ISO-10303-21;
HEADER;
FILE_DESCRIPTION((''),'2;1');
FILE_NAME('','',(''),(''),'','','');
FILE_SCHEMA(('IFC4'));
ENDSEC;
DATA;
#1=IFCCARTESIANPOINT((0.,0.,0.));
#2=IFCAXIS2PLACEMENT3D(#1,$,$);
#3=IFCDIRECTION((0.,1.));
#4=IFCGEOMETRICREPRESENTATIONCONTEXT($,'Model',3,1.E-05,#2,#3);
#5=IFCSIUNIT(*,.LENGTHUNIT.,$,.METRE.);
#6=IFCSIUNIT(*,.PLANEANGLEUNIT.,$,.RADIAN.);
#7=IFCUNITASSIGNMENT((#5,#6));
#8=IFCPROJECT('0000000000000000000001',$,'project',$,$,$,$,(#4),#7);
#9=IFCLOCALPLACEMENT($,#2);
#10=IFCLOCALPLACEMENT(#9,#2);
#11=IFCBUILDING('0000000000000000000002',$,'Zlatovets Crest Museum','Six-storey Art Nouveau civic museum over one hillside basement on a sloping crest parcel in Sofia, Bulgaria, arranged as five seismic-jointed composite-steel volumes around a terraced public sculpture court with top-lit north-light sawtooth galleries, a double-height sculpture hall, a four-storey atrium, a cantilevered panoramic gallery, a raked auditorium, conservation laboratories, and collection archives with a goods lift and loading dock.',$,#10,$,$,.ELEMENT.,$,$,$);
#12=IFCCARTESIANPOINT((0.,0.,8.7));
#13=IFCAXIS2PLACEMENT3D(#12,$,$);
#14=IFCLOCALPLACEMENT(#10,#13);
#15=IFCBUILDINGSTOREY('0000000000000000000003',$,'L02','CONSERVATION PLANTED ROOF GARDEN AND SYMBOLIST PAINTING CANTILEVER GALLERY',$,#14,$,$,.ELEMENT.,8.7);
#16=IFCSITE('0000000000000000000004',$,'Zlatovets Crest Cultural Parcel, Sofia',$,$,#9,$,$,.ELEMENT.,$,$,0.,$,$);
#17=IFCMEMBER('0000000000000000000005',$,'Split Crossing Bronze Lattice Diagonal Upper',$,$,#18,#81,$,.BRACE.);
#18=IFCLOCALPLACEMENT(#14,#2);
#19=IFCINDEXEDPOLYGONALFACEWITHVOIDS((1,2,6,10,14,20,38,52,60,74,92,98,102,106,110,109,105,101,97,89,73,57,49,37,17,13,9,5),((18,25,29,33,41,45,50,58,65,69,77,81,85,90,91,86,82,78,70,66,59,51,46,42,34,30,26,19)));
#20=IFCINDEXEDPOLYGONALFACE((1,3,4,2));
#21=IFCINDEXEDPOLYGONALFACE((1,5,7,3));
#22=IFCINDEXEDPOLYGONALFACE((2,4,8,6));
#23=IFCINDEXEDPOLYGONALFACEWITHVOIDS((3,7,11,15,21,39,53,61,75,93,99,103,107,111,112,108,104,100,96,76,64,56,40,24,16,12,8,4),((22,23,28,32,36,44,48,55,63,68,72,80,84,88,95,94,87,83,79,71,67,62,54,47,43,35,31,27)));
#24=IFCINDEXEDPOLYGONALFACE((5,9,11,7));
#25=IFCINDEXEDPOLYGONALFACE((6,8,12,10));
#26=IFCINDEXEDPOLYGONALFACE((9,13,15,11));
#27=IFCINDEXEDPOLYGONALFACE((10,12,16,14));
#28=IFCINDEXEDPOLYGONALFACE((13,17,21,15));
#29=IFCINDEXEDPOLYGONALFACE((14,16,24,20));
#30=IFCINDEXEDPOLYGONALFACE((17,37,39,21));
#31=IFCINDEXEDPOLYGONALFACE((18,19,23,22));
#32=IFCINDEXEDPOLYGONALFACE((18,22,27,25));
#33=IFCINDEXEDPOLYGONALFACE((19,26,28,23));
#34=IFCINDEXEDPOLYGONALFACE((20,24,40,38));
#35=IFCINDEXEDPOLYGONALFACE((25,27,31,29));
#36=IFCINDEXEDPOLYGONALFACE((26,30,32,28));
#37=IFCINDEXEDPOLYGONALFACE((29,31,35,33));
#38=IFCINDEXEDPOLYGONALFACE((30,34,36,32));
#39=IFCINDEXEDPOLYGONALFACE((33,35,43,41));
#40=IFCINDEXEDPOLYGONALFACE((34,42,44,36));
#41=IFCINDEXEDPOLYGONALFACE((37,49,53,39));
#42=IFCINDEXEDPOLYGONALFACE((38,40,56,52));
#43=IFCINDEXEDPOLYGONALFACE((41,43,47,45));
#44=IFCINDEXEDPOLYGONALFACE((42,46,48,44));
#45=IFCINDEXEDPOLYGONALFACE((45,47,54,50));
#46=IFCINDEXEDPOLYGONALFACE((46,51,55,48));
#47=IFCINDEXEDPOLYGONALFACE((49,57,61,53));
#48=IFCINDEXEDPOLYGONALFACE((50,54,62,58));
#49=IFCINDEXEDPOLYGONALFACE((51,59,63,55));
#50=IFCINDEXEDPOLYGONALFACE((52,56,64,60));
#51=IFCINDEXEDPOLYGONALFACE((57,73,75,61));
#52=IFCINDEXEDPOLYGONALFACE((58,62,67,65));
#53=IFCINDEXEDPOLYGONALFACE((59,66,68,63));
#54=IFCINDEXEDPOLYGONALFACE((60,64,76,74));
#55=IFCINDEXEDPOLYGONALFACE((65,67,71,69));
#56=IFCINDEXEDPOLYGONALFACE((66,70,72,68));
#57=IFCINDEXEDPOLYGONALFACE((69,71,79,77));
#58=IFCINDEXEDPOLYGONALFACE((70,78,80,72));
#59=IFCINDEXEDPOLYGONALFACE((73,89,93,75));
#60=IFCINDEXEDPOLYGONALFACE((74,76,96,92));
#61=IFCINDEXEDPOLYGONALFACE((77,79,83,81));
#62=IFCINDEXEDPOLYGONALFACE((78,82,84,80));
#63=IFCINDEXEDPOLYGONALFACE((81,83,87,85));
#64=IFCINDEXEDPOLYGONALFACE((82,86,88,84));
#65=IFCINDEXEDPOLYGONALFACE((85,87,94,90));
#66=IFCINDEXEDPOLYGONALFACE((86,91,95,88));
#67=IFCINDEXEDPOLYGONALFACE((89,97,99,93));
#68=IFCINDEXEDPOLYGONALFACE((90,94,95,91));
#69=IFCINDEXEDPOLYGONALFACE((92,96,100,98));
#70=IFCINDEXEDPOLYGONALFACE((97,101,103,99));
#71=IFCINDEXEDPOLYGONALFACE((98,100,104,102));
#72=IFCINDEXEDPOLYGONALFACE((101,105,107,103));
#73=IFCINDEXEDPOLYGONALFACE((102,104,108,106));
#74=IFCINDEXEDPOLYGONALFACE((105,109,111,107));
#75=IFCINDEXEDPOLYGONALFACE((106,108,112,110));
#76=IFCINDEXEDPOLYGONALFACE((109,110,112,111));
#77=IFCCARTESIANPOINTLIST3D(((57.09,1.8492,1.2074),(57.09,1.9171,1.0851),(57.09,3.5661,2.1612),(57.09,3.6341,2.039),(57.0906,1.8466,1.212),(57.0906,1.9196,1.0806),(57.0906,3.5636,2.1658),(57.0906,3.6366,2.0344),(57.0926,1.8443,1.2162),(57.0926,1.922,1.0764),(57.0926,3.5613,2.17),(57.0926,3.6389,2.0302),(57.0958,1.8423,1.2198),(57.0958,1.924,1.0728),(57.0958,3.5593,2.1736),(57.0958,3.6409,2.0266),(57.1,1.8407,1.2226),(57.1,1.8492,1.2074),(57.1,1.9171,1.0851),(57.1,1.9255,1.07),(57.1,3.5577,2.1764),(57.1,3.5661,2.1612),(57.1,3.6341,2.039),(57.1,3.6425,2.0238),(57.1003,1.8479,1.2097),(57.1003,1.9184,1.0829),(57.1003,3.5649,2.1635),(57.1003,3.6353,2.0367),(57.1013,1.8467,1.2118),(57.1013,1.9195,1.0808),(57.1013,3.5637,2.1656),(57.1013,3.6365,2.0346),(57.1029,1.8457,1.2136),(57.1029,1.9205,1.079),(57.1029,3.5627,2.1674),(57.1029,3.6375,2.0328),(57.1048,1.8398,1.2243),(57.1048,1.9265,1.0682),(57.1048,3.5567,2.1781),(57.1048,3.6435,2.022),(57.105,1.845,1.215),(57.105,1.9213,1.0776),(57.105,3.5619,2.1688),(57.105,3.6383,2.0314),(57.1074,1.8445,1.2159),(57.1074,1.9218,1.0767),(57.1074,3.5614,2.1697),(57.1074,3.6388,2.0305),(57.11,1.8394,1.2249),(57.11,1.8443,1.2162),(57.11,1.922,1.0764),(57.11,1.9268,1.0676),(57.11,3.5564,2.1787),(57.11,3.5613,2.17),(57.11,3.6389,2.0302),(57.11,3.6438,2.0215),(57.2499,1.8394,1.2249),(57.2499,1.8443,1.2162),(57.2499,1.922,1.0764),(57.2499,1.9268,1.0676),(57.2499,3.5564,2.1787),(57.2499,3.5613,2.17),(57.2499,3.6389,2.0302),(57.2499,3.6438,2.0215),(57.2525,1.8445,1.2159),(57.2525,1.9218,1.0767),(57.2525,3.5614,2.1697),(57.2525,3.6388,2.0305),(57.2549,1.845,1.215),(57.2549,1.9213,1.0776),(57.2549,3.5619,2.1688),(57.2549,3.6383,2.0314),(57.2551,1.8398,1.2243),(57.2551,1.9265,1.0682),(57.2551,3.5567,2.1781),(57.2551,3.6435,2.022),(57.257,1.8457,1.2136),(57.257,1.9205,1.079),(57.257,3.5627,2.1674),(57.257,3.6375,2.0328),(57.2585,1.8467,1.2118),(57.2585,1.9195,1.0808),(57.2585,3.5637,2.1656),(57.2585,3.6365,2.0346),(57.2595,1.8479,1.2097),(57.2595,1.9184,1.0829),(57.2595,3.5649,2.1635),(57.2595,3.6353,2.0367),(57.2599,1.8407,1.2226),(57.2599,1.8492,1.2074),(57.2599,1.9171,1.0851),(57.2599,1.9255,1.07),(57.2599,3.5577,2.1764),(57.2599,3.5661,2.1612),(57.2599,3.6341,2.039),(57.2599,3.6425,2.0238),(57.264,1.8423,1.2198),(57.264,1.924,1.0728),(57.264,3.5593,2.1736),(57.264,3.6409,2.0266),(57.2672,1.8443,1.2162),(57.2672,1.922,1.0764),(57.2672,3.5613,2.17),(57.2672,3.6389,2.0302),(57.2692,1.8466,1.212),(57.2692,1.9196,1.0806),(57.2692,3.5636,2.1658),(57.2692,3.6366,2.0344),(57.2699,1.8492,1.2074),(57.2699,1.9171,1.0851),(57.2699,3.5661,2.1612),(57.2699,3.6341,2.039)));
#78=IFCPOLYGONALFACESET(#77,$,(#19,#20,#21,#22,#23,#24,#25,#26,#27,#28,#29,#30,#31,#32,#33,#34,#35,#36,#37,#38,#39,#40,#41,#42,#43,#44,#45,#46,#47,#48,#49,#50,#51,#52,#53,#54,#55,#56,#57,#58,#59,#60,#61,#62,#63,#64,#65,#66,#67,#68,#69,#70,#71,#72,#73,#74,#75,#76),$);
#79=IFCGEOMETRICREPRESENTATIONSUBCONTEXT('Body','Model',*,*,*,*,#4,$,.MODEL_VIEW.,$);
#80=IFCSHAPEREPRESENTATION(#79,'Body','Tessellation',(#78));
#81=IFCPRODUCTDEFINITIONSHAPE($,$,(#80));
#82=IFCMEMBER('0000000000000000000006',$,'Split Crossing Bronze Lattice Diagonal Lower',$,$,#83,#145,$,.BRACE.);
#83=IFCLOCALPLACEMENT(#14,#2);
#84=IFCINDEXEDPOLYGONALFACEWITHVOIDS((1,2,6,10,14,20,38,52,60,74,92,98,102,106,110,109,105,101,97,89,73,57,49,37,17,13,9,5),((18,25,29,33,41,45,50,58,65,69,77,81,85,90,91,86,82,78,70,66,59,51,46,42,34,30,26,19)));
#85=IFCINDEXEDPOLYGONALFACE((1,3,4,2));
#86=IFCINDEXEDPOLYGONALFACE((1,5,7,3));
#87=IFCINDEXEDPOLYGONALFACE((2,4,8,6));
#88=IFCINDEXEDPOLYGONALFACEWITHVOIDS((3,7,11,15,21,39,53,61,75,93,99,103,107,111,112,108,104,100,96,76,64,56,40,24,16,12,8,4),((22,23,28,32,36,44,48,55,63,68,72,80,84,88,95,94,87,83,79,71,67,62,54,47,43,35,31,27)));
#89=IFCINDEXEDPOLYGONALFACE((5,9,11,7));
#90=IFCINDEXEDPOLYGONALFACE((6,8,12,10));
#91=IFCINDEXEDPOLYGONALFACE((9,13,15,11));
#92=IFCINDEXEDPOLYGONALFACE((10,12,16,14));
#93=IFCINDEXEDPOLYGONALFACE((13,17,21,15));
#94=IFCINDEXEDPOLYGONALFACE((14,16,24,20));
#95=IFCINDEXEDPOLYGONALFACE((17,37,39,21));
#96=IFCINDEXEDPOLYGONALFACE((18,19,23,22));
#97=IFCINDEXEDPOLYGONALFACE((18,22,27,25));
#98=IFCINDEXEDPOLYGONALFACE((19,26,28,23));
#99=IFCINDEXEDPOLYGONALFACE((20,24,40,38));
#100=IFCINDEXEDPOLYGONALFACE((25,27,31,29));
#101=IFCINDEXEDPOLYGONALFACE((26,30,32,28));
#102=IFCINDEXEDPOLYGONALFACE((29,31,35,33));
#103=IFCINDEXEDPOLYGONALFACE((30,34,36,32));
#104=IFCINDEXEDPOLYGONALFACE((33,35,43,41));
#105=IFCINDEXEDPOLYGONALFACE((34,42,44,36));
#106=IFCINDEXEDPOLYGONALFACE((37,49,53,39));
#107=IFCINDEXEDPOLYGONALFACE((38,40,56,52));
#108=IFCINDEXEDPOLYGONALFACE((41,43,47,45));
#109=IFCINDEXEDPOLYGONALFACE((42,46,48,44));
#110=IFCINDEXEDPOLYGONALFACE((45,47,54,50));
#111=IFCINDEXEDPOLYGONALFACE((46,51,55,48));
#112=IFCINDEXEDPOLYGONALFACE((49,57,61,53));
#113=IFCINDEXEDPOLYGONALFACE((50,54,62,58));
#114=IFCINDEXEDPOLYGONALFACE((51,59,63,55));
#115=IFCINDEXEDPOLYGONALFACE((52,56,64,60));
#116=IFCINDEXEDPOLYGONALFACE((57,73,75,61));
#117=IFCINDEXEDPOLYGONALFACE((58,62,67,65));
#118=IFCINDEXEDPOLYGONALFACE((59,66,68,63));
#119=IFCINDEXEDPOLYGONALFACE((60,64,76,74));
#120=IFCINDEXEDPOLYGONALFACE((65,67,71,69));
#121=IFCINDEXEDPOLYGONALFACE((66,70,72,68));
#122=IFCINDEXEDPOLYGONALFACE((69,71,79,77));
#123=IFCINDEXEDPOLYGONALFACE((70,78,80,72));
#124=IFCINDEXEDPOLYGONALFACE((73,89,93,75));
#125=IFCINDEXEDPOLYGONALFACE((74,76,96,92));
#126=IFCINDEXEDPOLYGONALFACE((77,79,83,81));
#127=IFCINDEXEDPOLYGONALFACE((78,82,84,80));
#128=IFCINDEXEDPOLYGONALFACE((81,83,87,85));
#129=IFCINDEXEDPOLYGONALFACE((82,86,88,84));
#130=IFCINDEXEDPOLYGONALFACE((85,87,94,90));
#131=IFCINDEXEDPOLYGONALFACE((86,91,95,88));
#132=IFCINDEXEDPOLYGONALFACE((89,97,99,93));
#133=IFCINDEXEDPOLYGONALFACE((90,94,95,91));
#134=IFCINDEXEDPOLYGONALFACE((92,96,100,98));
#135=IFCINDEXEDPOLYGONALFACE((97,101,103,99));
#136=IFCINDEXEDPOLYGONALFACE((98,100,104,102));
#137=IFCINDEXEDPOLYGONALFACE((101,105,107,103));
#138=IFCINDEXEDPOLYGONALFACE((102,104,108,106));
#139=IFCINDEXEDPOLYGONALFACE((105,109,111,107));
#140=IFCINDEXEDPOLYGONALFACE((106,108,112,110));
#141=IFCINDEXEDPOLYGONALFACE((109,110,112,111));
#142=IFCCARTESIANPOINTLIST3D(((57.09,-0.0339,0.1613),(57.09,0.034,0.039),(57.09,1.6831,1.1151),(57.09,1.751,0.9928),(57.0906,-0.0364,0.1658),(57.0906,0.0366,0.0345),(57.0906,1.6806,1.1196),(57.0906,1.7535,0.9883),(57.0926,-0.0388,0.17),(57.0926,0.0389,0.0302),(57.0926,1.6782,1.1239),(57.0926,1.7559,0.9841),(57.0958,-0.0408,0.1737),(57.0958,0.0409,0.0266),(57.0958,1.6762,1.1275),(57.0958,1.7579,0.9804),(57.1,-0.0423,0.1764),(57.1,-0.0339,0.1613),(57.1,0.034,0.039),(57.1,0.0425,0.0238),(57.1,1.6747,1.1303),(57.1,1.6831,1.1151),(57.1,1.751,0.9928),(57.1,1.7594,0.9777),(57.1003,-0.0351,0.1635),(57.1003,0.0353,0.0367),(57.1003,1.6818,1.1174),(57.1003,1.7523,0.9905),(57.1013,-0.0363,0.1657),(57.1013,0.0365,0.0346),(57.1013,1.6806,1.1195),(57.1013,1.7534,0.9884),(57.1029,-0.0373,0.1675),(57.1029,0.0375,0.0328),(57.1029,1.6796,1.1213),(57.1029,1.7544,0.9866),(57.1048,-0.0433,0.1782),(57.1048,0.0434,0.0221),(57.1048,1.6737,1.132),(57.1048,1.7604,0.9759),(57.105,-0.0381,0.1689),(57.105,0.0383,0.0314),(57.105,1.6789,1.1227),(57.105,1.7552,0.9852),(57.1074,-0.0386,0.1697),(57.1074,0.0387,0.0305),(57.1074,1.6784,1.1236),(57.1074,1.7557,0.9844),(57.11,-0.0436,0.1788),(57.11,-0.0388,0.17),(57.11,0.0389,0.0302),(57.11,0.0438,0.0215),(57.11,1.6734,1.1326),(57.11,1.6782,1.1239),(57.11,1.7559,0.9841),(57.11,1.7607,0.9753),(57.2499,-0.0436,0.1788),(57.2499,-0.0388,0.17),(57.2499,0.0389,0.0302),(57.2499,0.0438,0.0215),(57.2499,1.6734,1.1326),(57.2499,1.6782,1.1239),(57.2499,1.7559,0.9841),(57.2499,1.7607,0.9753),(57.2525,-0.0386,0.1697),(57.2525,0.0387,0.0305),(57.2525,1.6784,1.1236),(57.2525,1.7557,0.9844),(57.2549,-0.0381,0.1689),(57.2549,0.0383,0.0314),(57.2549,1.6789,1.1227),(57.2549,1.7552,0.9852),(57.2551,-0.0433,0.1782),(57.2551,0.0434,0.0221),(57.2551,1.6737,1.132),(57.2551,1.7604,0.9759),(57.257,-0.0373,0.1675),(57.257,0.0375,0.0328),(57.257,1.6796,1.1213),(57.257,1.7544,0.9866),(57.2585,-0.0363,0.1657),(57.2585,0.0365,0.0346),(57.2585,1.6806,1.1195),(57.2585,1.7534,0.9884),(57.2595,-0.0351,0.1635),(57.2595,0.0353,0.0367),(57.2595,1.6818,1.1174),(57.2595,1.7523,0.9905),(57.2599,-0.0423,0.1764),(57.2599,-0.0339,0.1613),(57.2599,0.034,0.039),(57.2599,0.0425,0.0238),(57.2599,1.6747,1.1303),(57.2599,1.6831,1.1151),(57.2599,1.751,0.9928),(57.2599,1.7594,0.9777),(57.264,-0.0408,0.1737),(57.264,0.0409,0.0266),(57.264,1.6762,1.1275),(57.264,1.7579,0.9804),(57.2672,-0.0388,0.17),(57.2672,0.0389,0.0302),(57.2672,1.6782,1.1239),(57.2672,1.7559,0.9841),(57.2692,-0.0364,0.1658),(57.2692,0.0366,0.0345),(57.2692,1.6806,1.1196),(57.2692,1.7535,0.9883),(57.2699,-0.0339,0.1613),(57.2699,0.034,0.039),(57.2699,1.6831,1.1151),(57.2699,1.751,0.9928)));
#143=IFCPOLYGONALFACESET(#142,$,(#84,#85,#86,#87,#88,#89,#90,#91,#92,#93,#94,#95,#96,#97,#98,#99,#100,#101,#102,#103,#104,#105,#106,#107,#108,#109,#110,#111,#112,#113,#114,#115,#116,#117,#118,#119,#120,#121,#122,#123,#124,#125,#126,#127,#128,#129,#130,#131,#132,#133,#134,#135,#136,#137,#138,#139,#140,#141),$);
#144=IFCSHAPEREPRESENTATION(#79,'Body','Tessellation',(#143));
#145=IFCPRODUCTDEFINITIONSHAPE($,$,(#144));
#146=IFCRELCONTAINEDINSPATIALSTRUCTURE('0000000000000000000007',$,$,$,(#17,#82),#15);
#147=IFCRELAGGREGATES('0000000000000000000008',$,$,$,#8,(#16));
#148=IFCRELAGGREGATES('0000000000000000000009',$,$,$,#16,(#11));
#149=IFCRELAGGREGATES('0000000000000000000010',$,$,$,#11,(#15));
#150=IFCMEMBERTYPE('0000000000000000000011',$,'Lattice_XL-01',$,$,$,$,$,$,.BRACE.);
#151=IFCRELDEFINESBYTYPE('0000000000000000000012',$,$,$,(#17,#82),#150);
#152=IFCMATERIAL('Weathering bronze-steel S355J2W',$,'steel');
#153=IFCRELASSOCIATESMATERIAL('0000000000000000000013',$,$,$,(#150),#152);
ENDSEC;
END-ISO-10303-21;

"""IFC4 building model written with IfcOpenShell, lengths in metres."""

from ifc_helpers import new_model, si_unit, direction, frame, origin, origin_2d, place, context, subcontext, project, spatial, hollow_rectangle, extrude, material, material_profile, profile_set, type_object, element, save


model = new_model("IFC4")

# Units and contexts
model_context = context("Model", 3, precision=1e-05, world=origin(), true_north=direction((0.0, 1.0)))
body_context = subcontext(model_context, "Body", "Model", "MODEL_VIEW")
ifc_project = project(units=[si_unit("LENGTHUNIT", "METRE"), si_unit("PLANEANGLEUNIT", "RADIAN")], contexts=[model_context])

# Site, building, storey
site_placement = place(None, origin())
site = spatial("IfcSite", under=ifc_project, at=site_placement, Name="Zlatovets Crest Cultural Parcel, Sofia", CompositionType="ELEMENT", RefElevation=0.0)
building_placement = place(site_placement, origin())
building = spatial("IfcBuilding", under=site, at=building_placement, Name="Zlatovets Crest Museum", Description="Six-storey Art Nouveau civic museum over one hillside basement on a sloping crest parcel in Sofia, Bulgaria, arranged as five seismic-jointed composite-steel volumes around a terraced public sculpture court with top-lit north-light sawtooth galleries, a double-height sculpture hall, a four-storey atrium, a cantilevered panoramic gallery, a raked auditorium, conservation laboratories, and collection archives with a goods lift and loading dock.", CompositionType="ELEMENT")
storey_placement = place(building_placement, frame((0.0, 0.0, 8.7)))
storey = spatial("IfcBuildingStorey", under=building, at=storey_placement, Name="L02", Description="CONSERVATION PLANTED ROOF GARDEN AND SYMBOLIST PAINTING CANTILEVER GALLERY", CompositionType="ELEMENT", Elevation=8.7)

# Members
ifc_material_1 = material(Name="Weathering bronze-steel S355J2W", Category="steel")
ifc_material_profile_1 = material_profile(ifc_material_1, hollow_rectangle(XDim=0.1799, YDim=0.1799, WallThickness=0.01, InnerFilletRadius=0.01, OuterFilletRadius=0.02, at=origin_2d()), Name="SHS 180x180x10.0")
ifc_profile_set_1 = profile_set([ifc_material_profile_1], Name="Weathering bronze-steel S355J2W")
member_type_1 = type_object("IfcMemberType", Name="Lattice_XL-01", PredefinedType="BRACE", material=ifc_profile_set_1)
for number, where, z_axis, x_axis, name in (
    (1, (57.1799, 3.6001, 2.1001), (0.0, -0.874169, -0.485622), (1.0, 0.0, 0.0), "Split Crossing Bronze Lattice Diagonal Upper"),
    (2, (57.1799, 1.717, 1.054), (0.0, -0.874169, -0.485622), (1.0, 0.0, 0.0), "Split Crossing Bronze Lattice Diagonal Lower"),
):
    element("IfcMember", number, at=place(storey_placement, frame(where, z_axis=z_axis, x_axis=x_axis)), inside=storey, type_object=member_type_1, Name=name, PredefinedType="BRACE", context=body_context, shape_type="SweptSolid", body=[
        extrude(hollow_rectangle(XDim=0.1799, YDim=0.1799, WallThickness=0.01, InnerFilletRadius=0.01, OuterFilletRadius=0.02, at=origin_2d()), origin(), (0.0, 0.0, 1.0), 1.9641),
    ])

save(model, "model.ifc")
